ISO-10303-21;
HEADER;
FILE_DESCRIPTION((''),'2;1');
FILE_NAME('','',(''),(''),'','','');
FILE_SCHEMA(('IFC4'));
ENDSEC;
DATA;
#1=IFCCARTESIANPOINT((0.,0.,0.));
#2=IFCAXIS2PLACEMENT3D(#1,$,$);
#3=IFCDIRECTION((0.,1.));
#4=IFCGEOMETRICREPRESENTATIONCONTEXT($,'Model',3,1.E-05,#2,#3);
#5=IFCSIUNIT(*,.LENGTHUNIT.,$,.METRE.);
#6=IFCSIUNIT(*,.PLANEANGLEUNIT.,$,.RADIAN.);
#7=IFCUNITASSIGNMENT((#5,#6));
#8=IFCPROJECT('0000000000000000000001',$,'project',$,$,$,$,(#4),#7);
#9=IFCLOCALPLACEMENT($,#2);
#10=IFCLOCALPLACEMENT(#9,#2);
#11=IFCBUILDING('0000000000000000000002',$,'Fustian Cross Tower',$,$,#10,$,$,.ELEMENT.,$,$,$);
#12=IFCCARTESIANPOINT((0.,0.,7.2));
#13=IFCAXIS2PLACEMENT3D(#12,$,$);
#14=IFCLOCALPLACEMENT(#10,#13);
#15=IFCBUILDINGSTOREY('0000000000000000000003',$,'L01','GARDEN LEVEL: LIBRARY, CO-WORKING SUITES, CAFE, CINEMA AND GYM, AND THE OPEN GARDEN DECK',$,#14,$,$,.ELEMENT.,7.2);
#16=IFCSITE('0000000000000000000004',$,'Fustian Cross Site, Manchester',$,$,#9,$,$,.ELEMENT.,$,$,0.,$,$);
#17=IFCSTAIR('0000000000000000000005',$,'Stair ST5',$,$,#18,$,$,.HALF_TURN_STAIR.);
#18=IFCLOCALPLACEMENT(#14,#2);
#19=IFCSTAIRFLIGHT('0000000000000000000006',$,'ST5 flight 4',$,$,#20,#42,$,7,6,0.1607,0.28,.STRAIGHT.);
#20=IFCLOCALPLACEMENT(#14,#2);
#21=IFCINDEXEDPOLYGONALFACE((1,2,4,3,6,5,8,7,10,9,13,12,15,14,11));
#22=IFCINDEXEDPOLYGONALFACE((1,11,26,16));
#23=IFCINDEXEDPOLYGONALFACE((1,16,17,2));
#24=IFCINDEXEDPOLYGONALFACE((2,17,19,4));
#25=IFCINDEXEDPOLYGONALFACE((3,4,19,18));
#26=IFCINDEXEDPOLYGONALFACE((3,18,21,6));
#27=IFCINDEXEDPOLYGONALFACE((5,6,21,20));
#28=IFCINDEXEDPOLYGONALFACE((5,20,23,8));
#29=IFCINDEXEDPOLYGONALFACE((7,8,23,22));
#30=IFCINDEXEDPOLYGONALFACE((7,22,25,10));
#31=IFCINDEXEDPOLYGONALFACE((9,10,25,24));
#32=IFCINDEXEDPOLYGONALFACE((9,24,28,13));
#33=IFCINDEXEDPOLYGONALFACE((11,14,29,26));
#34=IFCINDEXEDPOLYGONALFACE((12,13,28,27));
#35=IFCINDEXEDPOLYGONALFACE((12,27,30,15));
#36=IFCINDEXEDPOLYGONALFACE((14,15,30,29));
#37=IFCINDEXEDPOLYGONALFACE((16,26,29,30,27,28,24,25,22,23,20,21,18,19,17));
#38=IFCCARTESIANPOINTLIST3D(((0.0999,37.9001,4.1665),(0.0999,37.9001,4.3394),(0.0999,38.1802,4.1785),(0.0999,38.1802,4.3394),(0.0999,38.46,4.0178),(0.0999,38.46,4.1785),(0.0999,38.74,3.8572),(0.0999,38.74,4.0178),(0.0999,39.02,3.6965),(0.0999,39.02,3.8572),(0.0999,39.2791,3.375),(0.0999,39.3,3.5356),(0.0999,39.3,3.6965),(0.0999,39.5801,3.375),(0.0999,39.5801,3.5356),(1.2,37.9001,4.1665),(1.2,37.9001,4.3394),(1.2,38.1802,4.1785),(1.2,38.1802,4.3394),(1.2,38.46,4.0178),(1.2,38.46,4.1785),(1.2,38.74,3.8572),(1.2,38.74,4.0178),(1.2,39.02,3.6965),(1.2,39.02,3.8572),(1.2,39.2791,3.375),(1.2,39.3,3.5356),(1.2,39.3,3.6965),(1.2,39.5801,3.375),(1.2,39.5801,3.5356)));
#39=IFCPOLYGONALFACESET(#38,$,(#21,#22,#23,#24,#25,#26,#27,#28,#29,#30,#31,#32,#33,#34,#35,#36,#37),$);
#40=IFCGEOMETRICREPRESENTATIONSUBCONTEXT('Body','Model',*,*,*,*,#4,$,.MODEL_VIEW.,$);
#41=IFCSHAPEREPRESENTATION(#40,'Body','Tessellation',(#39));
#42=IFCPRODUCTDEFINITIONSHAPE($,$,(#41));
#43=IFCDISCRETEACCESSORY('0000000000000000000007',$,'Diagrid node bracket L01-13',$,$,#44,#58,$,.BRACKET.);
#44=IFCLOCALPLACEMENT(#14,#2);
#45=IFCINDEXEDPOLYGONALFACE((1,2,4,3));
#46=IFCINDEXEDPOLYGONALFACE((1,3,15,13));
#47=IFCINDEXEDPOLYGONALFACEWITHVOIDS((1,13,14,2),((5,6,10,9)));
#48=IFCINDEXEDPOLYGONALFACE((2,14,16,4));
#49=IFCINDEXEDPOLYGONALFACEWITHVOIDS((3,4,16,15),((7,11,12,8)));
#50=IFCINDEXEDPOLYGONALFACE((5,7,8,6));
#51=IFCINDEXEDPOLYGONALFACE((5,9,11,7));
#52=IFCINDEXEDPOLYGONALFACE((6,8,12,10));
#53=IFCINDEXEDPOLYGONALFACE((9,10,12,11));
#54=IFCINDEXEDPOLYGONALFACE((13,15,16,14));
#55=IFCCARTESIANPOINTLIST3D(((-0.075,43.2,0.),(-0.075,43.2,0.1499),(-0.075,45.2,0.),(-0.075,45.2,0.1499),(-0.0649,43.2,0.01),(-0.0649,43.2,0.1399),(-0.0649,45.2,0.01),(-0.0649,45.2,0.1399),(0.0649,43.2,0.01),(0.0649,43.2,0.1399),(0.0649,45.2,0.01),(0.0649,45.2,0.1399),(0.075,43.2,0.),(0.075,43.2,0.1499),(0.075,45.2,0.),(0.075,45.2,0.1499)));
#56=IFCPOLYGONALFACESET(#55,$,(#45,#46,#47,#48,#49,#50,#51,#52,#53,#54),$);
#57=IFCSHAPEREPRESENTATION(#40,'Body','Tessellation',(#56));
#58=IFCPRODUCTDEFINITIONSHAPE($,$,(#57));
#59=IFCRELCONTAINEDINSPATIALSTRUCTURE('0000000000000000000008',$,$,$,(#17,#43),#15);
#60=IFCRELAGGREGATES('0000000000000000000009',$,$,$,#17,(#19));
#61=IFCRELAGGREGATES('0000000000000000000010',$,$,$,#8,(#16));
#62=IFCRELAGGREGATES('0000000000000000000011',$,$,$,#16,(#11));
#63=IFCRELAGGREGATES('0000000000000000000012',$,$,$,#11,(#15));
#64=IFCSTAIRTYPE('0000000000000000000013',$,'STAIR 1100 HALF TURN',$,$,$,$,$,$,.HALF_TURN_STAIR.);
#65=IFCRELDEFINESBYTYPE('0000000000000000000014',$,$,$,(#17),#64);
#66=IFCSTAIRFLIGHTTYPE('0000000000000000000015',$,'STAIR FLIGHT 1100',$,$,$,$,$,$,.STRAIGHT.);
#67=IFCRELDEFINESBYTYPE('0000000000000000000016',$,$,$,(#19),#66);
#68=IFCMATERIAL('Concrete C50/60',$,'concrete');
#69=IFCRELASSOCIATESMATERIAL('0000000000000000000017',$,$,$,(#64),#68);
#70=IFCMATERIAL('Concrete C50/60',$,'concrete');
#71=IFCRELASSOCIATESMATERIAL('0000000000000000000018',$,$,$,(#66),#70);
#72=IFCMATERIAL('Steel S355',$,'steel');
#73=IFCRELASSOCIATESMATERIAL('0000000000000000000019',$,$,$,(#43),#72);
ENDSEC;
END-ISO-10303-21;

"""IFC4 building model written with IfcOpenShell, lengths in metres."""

from ifc_helpers import new_model, si_unit, direction, frame, origin, origin_2d, place, context, subcontext, project, spatial, polyline, hollow_rectangle, outline, extrude, material, type_object, element, aggregate, save


model = new_model("IFC4")

# Units and contexts
model_context = context("Model", 3, precision=1e-05, world=origin(), true_north=direction((0.0, 1.0)))
body_context = subcontext(model_context, "Body", "Model", "MODEL_VIEW")
ifc_project = project(units=[si_unit("LENGTHUNIT", "METRE"), si_unit("PLANEANGLEUNIT", "RADIAN")], contexts=[model_context])

# Site, building, storey
site_placement = place(None, origin())
site = spatial("IfcSite", under=ifc_project, at=site_placement, Name="Fustian Cross Site, Manchester", CompositionType="ELEMENT", RefElevation=0.0)
building_placement = place(site_placement, origin())
building = spatial("IfcBuilding", under=site, at=building_placement, Name="Fustian Cross Tower", CompositionType="ELEMENT")
storey_placement = place(building_placement, frame((0.0, 0.0, 7.2)))
storey = spatial("IfcBuildingStorey", under=building, at=storey_placement, Name="L01", Description="GARDEN LEVEL: LIBRARY, CO-WORKING SUITES, CAFE, CINEMA AND GYM, AND THE OPEN GARDEN DECK", CompositionType="ELEMENT", Elevation=7.2)

# Stair, stair flight
ifc_material_1 = material(Name="Concrete C50/60", Category="concrete")
stair_type = type_object("IfcStairType", Name="STAIR 1100 HALF TURN", PredefinedType="HALF_TURN_STAIR", material=ifc_material_1)
stair_placement = place(storey_placement, origin())
stair = element("IfcStair", 1, at=stair_placement, inside=storey, type_object=stair_type, Name="Stair ST5", PredefinedType="HALF_TURN_STAIR")
ifc_material_2 = material(Name="Concrete C50/60", Category="concrete")
stair_flight_type = type_object("IfcStairFlightType", Name="STAIR FLIGHT 1100", PredefinedType="STRAIGHT", material=ifc_material_2)
stair_flight_1_placement = place(storey_placement, frame((0.6499, 39.5801, 3.375), z_axis=(0.0, 0.0, 1.0), x_axis=(0.0, -1.0, 0.0)))
stair_flight_1 = element("IfcStairFlight", 2, at=stair_flight_1_placement, type_object=stair_flight_type, Name="ST5 flight 4", NumberOfRisers=7, NumberOfTreads=6, PredefinedType="STRAIGHT", RiserHeight=0.1607, TreadLength=0.28, context=body_context, shape_type="SweptSolid", body=[
    extrude(outline(polyline([(0.0, 0.0), (0.0, 0.1606), (0.28, 0.1606), (0.28, 0.3215), (0.5601, 0.3215), (0.5601, 0.4822), (0.8401, 0.4822), (0.8401, 0.6428), (1.1201, 0.6428), (1.1201, 0.8035), (1.3999, 0.8035), (1.3999, 0.9644), (1.6799, 0.9644), (1.6799, 1.125), (1.6799, 0.7915), (0.301, 0.0), (0.0, 0.0)])), frame((0.0, 0.55, 0.0), z_axis=(0.0, -1.0, 0.0), x_axis=(1.0, 0.0, 0.0)), (0.0, 0.0, 1.0), 1.1001),
])
aggregate(stair, [stair_flight_1])

# Discrete accessory
ifc_material_3 = material(Name="Steel S355", Category="steel")
discrete_accessory_placement = place(storey_placement, frame((0.0, 45.2, 0.075), z_axis=(0.0, -1.0, 0.0), x_axis=(1.0, 0.0, 0.0)))
element("IfcDiscreteAccessory", 3, at=discrete_accessory_placement, inside=storey, material=ifc_material_3, Name="Diagrid node bracket L01-13", PredefinedType="BRACKET", context=body_context, shape_type="SweptSolid", body=[
    extrude(hollow_rectangle(XDim=0.1499, YDim=0.1499, WallThickness=0.01, at=origin_2d()), origin(), (0.0, 0.0, 1.0), 2.0),
])

save(model, "model.ifc")
